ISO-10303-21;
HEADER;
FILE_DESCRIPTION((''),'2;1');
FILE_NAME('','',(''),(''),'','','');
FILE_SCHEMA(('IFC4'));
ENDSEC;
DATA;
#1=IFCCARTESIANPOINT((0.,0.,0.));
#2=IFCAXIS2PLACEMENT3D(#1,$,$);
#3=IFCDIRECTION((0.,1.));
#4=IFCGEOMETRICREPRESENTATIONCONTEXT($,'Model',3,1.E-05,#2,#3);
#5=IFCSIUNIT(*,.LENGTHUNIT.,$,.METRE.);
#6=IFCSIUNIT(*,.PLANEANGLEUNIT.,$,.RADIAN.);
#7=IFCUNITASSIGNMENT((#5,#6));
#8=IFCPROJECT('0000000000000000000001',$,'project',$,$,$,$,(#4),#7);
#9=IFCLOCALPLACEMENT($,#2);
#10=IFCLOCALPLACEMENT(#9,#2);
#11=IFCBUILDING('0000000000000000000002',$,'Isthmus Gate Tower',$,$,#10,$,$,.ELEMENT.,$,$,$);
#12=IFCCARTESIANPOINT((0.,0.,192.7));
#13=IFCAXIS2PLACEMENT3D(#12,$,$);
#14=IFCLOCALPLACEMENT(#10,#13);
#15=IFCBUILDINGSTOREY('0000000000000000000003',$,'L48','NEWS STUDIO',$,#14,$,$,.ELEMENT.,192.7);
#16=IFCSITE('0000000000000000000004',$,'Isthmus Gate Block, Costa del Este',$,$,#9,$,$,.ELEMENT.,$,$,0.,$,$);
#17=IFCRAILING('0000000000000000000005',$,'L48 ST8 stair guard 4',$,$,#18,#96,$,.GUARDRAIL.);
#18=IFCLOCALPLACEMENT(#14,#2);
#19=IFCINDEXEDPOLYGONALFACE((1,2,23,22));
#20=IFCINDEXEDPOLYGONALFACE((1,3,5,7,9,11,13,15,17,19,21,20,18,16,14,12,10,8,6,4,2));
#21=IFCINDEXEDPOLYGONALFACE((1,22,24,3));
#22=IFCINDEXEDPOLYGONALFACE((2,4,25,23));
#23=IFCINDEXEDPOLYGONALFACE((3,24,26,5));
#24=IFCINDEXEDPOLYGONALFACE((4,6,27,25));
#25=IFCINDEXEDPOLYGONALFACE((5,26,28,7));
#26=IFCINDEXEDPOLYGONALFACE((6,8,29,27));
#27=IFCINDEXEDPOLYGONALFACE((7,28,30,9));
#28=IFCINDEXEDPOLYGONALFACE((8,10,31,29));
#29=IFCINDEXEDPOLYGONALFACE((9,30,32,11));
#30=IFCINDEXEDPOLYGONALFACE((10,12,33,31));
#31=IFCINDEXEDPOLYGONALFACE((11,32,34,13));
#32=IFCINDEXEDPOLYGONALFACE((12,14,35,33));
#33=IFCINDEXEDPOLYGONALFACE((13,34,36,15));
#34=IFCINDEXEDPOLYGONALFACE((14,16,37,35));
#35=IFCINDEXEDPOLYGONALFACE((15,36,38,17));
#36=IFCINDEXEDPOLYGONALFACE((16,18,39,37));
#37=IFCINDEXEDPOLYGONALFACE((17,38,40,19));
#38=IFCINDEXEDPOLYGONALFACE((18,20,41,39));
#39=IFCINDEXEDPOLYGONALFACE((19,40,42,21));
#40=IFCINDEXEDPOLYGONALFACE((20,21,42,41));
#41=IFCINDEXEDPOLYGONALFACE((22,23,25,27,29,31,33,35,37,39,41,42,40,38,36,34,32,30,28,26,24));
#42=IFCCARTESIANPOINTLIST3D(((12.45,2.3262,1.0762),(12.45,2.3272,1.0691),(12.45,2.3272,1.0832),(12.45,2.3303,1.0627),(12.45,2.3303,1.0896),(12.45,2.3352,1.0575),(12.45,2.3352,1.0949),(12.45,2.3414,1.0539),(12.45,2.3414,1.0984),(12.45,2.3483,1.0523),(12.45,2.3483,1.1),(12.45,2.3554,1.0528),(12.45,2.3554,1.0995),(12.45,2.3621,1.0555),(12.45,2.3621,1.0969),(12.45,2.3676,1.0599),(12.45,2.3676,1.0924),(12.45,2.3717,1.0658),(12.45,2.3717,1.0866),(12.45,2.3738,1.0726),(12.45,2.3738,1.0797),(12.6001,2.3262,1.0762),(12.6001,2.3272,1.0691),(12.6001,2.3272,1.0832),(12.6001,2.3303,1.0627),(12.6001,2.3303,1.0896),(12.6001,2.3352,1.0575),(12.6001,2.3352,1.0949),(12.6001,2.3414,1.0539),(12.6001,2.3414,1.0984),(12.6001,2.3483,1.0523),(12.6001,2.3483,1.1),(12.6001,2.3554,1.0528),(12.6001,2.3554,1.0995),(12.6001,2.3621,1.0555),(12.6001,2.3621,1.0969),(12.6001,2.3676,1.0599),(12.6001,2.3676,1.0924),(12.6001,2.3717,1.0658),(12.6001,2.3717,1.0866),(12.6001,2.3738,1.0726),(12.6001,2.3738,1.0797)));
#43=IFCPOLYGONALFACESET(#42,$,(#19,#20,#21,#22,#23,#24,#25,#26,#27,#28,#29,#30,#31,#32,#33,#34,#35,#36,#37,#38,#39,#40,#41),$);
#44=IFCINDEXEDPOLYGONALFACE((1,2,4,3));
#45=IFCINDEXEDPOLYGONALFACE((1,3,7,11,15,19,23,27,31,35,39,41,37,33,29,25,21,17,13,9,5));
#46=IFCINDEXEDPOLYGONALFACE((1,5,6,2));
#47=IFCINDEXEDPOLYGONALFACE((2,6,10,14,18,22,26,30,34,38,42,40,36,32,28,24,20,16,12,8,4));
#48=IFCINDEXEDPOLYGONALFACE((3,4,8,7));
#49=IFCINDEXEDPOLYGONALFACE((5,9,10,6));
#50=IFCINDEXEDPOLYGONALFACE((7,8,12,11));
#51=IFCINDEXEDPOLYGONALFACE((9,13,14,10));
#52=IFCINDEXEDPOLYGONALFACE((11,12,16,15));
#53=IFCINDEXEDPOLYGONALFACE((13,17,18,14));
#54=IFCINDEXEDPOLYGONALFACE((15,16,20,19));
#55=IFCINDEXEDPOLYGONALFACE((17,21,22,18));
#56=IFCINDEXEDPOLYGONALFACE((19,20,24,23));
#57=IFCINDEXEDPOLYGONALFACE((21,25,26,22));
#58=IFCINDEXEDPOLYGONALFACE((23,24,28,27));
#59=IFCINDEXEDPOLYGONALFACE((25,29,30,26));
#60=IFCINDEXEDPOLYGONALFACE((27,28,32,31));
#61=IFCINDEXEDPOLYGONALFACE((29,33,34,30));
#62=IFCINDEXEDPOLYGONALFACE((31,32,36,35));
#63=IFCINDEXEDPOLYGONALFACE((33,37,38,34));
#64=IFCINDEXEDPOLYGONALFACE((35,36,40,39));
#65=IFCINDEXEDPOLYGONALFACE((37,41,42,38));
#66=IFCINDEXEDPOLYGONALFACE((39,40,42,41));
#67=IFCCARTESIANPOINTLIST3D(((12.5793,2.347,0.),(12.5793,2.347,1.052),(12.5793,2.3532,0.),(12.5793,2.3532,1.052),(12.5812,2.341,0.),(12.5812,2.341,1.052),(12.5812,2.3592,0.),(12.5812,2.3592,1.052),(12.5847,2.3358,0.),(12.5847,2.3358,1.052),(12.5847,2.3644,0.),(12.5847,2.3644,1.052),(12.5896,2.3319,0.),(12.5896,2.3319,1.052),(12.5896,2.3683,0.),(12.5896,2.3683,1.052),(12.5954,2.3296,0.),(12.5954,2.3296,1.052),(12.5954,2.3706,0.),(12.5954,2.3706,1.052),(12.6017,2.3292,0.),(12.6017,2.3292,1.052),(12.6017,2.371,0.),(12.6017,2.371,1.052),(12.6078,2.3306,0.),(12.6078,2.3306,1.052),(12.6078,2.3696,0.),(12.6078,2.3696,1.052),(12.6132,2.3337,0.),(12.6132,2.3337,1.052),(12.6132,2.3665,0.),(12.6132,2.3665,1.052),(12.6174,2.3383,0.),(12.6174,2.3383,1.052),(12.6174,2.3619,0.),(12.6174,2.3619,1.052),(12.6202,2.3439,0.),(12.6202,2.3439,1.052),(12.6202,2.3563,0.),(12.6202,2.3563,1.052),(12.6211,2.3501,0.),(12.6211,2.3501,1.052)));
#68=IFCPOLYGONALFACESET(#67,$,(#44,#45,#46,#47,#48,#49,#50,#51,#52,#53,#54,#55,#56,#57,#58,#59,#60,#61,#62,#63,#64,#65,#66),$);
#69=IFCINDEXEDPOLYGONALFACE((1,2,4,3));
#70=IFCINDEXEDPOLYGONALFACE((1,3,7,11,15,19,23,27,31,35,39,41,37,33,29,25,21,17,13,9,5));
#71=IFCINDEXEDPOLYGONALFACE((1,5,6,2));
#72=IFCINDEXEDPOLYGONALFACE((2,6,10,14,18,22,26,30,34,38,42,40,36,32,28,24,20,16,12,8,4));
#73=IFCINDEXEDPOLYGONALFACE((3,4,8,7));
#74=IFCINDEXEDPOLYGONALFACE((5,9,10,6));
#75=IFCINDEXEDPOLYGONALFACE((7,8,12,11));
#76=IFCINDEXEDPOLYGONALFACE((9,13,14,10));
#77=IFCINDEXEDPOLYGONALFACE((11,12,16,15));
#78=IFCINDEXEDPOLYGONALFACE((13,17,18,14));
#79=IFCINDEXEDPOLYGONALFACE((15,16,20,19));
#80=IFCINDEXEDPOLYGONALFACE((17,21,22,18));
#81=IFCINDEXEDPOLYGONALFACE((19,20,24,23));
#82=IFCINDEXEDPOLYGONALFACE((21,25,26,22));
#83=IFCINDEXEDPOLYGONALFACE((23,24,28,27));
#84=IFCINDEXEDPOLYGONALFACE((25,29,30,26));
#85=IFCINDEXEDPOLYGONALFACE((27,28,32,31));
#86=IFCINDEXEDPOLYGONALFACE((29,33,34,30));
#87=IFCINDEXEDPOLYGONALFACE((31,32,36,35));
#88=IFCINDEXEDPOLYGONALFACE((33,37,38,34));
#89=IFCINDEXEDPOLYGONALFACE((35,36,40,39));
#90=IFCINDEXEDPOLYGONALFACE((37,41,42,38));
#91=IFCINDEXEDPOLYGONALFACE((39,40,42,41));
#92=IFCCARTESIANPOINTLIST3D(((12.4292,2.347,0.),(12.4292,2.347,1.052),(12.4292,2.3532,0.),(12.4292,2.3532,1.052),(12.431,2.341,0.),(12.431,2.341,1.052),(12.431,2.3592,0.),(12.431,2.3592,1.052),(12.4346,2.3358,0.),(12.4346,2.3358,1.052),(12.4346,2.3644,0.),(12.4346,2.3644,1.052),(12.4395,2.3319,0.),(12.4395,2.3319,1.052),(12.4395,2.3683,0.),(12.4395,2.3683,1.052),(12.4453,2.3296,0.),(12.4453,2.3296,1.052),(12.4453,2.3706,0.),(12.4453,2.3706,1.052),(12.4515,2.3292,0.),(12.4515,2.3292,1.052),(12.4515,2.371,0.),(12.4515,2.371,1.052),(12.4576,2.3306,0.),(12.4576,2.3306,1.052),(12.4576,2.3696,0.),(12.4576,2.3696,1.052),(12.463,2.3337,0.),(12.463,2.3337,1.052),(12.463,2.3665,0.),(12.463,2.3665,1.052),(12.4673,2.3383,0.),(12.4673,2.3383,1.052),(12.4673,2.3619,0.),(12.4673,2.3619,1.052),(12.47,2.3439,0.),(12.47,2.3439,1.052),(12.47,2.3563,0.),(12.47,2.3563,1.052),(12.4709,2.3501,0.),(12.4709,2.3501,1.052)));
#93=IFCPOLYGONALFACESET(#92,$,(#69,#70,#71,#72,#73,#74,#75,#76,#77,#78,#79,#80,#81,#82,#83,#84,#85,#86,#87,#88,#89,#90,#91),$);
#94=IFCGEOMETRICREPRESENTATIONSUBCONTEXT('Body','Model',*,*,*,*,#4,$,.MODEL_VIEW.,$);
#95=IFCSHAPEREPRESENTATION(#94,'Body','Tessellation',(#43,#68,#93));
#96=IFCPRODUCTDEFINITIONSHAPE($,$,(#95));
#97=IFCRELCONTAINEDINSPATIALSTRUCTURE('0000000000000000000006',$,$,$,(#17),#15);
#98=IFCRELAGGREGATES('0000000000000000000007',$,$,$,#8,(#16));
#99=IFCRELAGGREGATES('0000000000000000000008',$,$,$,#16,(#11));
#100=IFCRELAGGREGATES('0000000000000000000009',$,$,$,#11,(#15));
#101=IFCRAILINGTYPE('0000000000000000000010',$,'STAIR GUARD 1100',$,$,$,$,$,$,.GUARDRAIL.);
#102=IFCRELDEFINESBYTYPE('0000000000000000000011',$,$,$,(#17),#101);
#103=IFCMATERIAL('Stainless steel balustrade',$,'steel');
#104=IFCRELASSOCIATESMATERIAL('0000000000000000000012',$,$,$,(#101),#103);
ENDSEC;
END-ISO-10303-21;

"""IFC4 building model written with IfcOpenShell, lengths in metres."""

from ifc_helpers import new_model, si_unit, direction, frame, origin, origin_2d, place, context, subcontext, project, spatial, circle, extrude, material, type_object, element, save


model = new_model("IFC4")

# Units and contexts
model_context = context("Model", 3, precision=1e-05, world=origin(), true_north=direction((0.0, 1.0)))
body_context = subcontext(model_context, "Body", "Model", "MODEL_VIEW")
ifc_project = project(units=[si_unit("LENGTHUNIT", "METRE"), si_unit("PLANEANGLEUNIT", "RADIAN")], contexts=[model_context])

# Site, building, storey
site_placement = place(None, origin())
site = spatial("IfcSite", under=ifc_project, at=site_placement, Name="Isthmus Gate Block, Costa del Este", CompositionType="ELEMENT", RefElevation=0.0)
building_placement = place(site_placement, origin())
building = spatial("IfcBuilding", under=site, at=building_placement, Name="Isthmus Gate Tower", CompositionType="ELEMENT")
storey_placement = place(building_placement, frame((0.0, 0.0, 192.7)))
storey = spatial("IfcBuildingStorey", under=building, at=storey_placement, Name="L48", Description="NEWS STUDIO", CompositionType="ELEMENT", Elevation=192.7)

# Railing
ifc_material_1 = material(Name="Stainless steel balustrade", Category="steel")
railing_type_1 = type_object("IfcRailingType", Name="STAIR GUARD 1100", PredefinedType="GUARDRAIL", material=ifc_material_1)
railing_1_placement = place(storey_placement, frame((12.6001, 2.3501, 0.0)))
element("IfcRailing", 1, at=railing_1_placement, inside=storey, type_object=railing_type_1, Name="L48 ST8 stair guard 4", PredefinedType="GUARDRAIL", context=body_context, shape_type="SweptSolid", body=[
    extrude(circle(Radius=0.0239, at=origin_2d()), frame((0.0, 0.0, 1.0762), z_axis=(-1.0, 0.0, 0.0), x_axis=(0.0, -1.0, 0.0)), (0.0, 0.0, 1.0), 0.1501),
    extrude(circle(Radius=0.021, at=origin_2d()), origin(), (0.0, 0.0, 1.0), 1.052),
    extrude(circle(Radius=0.021, at=origin_2d()), frame((-0.1501, 0.0, 0.0)), (0.0, 0.0, 1.0), 1.052),
])

save(model, "model.ifc")
